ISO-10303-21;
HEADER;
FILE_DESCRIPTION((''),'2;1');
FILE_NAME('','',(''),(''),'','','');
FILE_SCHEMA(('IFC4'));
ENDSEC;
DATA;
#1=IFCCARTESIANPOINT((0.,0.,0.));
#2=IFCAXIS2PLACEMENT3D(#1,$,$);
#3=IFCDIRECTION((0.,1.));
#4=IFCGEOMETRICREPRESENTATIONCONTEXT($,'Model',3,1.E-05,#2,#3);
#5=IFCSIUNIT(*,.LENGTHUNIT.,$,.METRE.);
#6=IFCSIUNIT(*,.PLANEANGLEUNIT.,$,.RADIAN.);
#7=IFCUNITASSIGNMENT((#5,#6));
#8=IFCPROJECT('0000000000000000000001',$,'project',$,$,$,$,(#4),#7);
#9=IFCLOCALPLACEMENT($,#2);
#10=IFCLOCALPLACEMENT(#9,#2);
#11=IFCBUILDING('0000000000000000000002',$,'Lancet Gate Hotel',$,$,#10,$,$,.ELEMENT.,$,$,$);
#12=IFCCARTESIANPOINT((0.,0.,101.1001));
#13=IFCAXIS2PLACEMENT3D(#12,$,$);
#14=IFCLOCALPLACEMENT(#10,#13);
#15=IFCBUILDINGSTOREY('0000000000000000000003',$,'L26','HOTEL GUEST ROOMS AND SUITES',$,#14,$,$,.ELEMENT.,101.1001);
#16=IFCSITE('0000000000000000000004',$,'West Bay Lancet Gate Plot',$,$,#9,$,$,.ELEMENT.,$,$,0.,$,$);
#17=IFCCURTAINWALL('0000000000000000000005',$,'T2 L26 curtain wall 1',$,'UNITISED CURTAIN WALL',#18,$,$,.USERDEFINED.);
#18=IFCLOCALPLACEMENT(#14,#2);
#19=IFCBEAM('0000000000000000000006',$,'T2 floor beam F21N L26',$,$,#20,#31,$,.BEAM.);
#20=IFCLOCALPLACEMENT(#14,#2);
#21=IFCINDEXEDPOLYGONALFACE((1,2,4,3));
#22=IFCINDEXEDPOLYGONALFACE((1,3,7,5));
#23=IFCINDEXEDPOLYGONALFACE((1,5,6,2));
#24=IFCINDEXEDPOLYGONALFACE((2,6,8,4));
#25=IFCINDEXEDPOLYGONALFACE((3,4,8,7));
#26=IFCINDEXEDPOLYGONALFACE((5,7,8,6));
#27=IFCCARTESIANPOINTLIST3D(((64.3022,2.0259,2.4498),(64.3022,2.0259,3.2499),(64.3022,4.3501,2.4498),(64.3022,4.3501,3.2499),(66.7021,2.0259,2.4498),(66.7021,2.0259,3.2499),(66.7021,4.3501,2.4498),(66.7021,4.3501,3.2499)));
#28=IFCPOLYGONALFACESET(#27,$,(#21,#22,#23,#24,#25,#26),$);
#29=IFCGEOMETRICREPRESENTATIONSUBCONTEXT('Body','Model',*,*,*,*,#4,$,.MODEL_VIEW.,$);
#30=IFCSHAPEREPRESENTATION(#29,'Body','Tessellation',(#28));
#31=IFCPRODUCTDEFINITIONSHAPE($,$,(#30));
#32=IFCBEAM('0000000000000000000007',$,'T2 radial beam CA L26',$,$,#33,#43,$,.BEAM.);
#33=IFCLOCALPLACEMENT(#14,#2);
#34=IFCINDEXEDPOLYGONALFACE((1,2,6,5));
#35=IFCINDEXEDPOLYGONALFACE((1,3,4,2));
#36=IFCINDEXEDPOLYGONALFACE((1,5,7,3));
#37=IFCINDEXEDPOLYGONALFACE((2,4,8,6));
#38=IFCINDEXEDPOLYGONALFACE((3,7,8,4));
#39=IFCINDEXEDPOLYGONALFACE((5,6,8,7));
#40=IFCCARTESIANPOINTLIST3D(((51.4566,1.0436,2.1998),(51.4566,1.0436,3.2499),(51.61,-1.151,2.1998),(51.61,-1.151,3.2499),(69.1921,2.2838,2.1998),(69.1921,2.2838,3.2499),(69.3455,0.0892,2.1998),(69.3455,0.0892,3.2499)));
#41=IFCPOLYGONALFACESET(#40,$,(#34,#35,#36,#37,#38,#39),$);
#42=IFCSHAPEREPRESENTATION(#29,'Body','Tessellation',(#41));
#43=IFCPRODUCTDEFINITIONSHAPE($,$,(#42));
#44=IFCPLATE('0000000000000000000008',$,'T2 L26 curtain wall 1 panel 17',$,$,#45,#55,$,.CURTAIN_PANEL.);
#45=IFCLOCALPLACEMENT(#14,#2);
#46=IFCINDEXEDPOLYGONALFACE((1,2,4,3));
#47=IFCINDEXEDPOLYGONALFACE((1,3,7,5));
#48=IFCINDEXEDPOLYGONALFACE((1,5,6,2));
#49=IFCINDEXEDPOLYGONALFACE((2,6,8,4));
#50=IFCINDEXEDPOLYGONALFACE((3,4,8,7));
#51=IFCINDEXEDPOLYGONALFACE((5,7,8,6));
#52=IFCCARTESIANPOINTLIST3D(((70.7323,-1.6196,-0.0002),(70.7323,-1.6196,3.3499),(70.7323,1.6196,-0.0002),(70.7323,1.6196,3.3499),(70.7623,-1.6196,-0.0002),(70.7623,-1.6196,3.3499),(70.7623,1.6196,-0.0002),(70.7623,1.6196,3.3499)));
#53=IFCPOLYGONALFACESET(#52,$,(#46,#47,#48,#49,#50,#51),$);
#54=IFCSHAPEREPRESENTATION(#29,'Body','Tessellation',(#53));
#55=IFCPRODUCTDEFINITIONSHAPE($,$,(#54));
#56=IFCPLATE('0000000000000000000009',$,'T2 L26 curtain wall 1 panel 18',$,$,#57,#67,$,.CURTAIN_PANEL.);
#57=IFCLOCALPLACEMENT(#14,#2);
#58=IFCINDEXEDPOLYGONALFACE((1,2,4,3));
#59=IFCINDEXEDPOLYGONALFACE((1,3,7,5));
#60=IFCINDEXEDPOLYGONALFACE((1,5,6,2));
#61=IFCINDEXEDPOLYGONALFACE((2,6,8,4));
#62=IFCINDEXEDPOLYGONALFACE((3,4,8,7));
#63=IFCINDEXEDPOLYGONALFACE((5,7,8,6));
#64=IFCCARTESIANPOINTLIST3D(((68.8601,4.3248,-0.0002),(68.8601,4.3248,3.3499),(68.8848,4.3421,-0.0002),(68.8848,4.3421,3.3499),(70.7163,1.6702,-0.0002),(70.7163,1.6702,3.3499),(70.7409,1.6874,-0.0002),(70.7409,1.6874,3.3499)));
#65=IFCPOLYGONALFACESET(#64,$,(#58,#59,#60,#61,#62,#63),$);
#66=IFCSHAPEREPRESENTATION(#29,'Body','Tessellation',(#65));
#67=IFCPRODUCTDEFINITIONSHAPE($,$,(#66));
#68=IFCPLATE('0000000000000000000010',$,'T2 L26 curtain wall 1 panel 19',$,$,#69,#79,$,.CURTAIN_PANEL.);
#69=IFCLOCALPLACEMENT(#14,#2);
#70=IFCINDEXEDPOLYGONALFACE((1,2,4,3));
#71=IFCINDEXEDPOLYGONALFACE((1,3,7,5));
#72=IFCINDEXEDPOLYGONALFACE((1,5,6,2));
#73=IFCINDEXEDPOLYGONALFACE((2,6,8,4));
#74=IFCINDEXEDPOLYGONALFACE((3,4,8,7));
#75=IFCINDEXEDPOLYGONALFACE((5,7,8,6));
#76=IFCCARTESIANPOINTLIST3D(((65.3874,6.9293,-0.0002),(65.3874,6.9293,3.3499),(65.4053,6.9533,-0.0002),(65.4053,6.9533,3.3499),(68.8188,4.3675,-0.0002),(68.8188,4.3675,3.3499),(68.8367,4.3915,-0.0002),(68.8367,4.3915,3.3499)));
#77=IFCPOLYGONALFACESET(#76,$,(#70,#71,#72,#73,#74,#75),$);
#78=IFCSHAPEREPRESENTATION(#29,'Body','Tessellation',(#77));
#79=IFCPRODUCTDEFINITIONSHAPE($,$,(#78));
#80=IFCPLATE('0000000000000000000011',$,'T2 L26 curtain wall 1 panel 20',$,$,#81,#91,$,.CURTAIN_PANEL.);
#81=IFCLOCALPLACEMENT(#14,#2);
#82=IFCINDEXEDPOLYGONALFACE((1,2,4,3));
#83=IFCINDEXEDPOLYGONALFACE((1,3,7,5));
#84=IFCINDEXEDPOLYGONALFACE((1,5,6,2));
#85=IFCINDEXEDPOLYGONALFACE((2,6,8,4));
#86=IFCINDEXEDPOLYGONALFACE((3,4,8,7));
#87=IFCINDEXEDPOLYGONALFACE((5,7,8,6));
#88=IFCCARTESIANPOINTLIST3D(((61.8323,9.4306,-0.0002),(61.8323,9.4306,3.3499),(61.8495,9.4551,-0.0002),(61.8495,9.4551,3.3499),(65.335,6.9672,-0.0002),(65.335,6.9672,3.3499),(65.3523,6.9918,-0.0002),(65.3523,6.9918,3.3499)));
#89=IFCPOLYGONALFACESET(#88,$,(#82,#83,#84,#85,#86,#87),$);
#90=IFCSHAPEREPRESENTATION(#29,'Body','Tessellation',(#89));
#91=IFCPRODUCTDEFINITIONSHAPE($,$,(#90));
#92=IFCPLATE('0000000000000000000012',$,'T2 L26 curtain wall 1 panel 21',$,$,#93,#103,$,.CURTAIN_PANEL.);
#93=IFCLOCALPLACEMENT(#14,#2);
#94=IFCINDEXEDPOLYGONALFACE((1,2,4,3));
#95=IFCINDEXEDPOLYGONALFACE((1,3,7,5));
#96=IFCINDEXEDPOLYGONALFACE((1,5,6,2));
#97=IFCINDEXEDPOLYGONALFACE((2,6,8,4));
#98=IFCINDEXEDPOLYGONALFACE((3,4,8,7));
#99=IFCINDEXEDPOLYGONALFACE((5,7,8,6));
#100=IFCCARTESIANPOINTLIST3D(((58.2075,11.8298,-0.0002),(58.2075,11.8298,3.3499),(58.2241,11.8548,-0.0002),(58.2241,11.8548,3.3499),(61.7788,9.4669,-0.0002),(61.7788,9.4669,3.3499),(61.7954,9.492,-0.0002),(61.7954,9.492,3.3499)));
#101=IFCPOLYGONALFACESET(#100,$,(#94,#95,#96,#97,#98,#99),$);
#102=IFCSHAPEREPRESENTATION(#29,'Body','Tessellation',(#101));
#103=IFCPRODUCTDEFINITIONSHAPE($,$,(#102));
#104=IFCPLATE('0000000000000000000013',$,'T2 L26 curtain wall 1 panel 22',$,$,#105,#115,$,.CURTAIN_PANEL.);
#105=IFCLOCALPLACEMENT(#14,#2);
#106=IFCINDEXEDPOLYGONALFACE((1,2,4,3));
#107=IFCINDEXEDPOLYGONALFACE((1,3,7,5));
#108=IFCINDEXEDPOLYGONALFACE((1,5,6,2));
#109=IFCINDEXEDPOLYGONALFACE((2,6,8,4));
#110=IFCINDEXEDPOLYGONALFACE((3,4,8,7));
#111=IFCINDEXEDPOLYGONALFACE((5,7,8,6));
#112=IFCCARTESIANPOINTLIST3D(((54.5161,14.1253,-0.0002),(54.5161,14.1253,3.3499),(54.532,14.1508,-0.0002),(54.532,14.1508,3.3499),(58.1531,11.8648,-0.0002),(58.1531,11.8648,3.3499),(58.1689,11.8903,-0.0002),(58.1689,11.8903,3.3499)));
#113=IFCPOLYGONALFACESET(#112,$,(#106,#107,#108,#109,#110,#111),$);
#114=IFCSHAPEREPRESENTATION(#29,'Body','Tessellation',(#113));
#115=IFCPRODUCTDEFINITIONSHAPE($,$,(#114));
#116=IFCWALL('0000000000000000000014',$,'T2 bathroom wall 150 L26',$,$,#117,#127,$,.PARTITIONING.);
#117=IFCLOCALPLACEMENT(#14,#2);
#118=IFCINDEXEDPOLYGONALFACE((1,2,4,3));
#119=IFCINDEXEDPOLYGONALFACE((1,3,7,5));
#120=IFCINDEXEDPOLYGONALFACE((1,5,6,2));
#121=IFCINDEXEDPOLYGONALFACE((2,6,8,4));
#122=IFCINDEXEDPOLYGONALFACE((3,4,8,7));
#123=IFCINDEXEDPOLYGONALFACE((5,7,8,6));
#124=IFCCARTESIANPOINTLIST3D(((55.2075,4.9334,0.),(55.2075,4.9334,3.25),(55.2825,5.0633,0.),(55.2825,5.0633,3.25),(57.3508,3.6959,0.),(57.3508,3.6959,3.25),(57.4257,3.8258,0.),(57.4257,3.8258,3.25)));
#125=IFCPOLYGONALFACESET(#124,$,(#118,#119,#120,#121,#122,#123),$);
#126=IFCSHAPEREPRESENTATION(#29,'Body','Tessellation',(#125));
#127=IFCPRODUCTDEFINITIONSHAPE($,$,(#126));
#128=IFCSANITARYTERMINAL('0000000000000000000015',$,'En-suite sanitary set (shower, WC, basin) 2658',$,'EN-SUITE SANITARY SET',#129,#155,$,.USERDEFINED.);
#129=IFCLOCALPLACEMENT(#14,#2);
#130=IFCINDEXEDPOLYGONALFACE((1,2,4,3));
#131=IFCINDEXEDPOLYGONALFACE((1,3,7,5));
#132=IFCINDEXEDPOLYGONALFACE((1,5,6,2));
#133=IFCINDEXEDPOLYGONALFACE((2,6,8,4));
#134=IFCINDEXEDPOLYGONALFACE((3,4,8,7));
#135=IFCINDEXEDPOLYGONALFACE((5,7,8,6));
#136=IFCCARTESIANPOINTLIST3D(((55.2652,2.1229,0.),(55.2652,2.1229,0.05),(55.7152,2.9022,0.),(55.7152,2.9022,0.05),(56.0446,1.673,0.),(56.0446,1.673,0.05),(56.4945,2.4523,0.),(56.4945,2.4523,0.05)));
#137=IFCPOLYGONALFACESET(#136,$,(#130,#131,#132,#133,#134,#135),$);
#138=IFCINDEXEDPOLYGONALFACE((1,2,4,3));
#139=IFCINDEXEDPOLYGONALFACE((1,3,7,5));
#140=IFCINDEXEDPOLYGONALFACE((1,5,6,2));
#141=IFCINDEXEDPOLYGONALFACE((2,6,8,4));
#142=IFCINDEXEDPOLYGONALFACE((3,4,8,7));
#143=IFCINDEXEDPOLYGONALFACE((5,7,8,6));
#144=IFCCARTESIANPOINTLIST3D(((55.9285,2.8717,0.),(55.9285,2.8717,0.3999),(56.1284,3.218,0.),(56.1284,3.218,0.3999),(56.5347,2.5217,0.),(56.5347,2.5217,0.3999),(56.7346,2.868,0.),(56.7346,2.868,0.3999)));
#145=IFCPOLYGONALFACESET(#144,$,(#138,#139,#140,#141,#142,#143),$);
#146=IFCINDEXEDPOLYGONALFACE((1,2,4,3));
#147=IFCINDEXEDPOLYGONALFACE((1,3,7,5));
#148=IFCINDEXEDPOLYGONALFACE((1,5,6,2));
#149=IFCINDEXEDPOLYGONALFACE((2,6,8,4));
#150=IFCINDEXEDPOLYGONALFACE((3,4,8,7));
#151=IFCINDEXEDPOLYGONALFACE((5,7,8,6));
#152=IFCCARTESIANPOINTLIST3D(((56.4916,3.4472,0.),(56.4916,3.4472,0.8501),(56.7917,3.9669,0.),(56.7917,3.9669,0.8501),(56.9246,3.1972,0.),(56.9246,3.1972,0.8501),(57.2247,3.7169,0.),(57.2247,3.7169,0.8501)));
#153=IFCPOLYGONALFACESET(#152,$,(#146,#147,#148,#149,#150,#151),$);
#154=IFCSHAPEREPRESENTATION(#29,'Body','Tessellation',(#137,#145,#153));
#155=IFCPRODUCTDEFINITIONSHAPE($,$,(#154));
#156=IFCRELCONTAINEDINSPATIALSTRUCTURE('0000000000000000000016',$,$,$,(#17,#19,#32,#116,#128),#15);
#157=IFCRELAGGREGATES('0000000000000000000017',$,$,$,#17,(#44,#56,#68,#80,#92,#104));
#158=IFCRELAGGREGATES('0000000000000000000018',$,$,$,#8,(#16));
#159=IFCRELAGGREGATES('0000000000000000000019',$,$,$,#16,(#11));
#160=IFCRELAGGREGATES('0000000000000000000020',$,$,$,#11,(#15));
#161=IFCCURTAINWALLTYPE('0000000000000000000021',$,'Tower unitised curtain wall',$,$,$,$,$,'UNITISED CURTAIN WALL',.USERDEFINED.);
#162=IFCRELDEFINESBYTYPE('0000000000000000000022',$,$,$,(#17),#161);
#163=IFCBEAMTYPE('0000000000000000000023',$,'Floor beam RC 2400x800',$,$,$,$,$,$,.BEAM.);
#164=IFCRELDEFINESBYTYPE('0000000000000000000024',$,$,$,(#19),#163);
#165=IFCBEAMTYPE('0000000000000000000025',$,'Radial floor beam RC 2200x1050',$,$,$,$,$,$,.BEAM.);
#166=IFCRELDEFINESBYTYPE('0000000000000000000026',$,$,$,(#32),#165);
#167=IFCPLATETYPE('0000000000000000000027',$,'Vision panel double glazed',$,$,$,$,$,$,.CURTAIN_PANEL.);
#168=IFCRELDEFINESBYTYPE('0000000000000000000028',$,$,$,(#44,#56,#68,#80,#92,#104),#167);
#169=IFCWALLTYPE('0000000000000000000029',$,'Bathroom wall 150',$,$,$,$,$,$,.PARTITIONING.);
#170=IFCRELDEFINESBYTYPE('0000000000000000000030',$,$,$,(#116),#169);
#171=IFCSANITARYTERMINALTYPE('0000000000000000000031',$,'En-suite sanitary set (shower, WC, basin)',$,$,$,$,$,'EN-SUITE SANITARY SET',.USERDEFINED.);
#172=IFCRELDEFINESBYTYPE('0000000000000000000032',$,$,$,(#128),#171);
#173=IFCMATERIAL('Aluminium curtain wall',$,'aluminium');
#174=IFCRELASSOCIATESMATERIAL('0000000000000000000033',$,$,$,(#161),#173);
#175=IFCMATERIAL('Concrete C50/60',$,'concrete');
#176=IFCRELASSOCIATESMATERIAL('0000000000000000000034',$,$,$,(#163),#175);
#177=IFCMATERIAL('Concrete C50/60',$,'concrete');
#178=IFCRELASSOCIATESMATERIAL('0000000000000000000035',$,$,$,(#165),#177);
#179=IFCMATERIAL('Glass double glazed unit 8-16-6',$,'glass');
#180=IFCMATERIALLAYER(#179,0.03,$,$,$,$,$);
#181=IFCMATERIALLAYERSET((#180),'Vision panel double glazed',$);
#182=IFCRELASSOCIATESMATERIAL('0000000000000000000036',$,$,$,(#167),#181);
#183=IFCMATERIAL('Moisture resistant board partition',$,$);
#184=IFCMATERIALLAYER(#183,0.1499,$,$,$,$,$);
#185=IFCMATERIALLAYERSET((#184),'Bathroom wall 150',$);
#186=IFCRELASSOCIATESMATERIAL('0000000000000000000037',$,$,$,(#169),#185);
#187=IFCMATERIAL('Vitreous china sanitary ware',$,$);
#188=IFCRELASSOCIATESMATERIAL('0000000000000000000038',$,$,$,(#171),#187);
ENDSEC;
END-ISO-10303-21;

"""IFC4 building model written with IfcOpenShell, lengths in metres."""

from ifc_helpers import new_model, si_unit, direction, frame, frame_2d, origin, origin_2d, place, context, subcontext, project, spatial, rectangle, extrude, material, layer, layer_set, material_profile, profile_set, type_object, element, aggregate, save


model = new_model("IFC4")

# Units and contexts
model_context = context("Model", 3, precision=1e-05, world=origin(), true_north=direction((0.0, 1.0)))
body_context = subcontext(model_context, "Body", "Model", "MODEL_VIEW")
ifc_project = project(units=[si_unit("LENGTHUNIT", "METRE"), si_unit("PLANEANGLEUNIT", "RADIAN")], contexts=[model_context])

# Site, building, storey
site_placement = place(None, origin())
site = spatial("IfcSite", under=ifc_project, at=site_placement, Name="West Bay Lancet Gate Plot", CompositionType="ELEMENT", RefElevation=0.0)
building_placement = place(site_placement, origin())
building = spatial("IfcBuilding", under=site, at=building_placement, Name="Lancet Gate Hotel", CompositionType="ELEMENT")
storey_placement = place(building_placement, frame((0.0, 0.0, 101.1001)))
storey = spatial("IfcBuildingStorey", under=building, at=storey_placement, Name="L26", Description="HOTEL GUEST ROOMS AND SUITES", CompositionType="ELEMENT", Elevation=101.1001)

# Curtain wall
ifc_material_1 = material(Name="Aluminium curtain wall", Category="aluminium")
curtain_wall_type = type_object("IfcCurtainWallType", Name="Tower unitised curtain wall", ElementType="UNITISED CURTAIN WALL", PredefinedType="USERDEFINED", material=ifc_material_1)
curtain_wall_placement = place(storey_placement, origin())
curtain_wall = element("IfcCurtainWall", 1, at=curtain_wall_placement, inside=storey, type_object=curtain_wall_type, Name="T2 L26 curtain wall 1", ObjectType="UNITISED CURTAIN WALL", PredefinedType="USERDEFINED")

# Beams
ifc_material_2 = material(Name="Concrete C50/60", Category="concrete")
ifc_material_profile_1 = material_profile(ifc_material_2, rectangle(XDim=2.3999, YDim=0.8, at=origin_2d()), Name="RC 2400x800")
ifc_profile_set_1 = profile_set([ifc_material_profile_1], Name="Concrete C50/60")
beam_type_1 = type_object("IfcBeamType", Name="Floor beam RC 2400x800", PredefinedType="BEAM", material=ifc_profile_set_1)
beam_1_placement = place(storey_placement, frame((65.5022, 2.0259, 2.8499), z_axis=(0.0, 1.0, 0.0), x_axis=(-1.0, 0.0, 0.0)))
element("IfcBeam", 2, at=beam_1_placement, inside=storey, type_object=beam_type_1, Name="T2 floor beam F21N L26", PredefinedType="BEAM", context=body_context, shape_type="SweptSolid", body=[
    extrude(rectangle(XDim=2.3999, YDim=0.8, at=origin_2d()), origin(), (0.0, 0.0, 1.0), 2.3242),
])
ifc_material_3 = material(Name="Concrete C50/60", Category="concrete")
ifc_material_profile_2 = material_profile(ifc_material_3, rectangle(XDim=2.2, YDim=1.05, at=origin_2d()), Name="RC 2200x1050")
ifc_profile_set_2 = profile_set([ifc_material_profile_2], Name="Concrete C50/60")
beam_type_2 = type_object("IfcBeamType", Name="Radial floor beam RC 2200x1050", PredefinedType="BEAM", material=ifc_profile_set_2)
beam_2_placement = place(storey_placement, frame((69.2688, 1.1865, 2.7249), z_axis=(-0.997564, -0.069759, 0.0), x_axis=(0.069759, -0.997564, 0.0)))
element("IfcBeam", 3, at=beam_2_placement, inside=storey, type_object=beam_type_2, Name="T2 radial beam CA L26", PredefinedType="BEAM", context=body_context, shape_type="SweptSolid", body=[
    extrude(rectangle(XDim=2.2, YDim=1.05, at=origin_2d()), origin(), (0.0, 0.0, 1.0), 17.7788),
])

# Plates
ifc_material_4 = material(Name="Glass double glazed unit 8-16-6", Category="glass")
ifc_layer_1 = layer(ifc_material_4, 0.03)
ifc_layer_set_1 = layer_set([ifc_layer_1], Name="Vision panel double glazed")
plate_type = type_object("IfcPlateType", Name="Vision panel double glazed", PredefinedType="CURTAIN_PANEL", material=ifc_layer_set_1)
plate_1_placement = place(storey_placement, frame((70.7473, 0.0, -0.0002), z_axis=(0.0, 0.0, 1.0), x_axis=(0.0, 1.0, 0.0)))
plate_1 = element("IfcPlate", 4, at=plate_1_placement, type_object=plate_type, Name="T2 L26 curtain wall 1 panel 17", PredefinedType="CURTAIN_PANEL", context=body_context, shape_type="SweptSolid", body=[
    extrude(rectangle(XDim=3.2393, YDim=0.03, at=origin_2d()), origin(), (0.0, 0.0, 1.0), 3.3501),
])
plate_2_placement = place(storey_placement, frame((69.8005, 3.0061, -0.0002), z_axis=(0.0, 0.0, 1.0), x_axis=(-0.573025, 0.819538, 0.0)))
plate_2 = element("IfcPlate", 5, at=plate_2_placement, type_object=plate_type, Name="T2 L26 curtain wall 1 panel 18", PredefinedType="CURTAIN_PANEL", context=body_context, shape_type="SweptSolid", body=[
    extrude(rectangle(XDim=3.2393, YDim=0.03, at=origin_2d()), origin(), (0.0, 0.0, 1.0), 3.3501),
])
plate_3_placement = place(storey_placement, frame((67.1121, 5.6604, -0.0002), z_axis=(0.0, 0.0, 1.0), x_axis=(-0.801314, 0.598244, 0.0)))
plate_3 = element("IfcPlate", 6, at=plate_3_placement, type_object=plate_type, Name="T2 L26 curtain wall 1 panel 19", PredefinedType="CURTAIN_PANEL", context=body_context, shape_type="SweptSolid", body=[
    extrude(rectangle(XDim=4.2822, YDim=0.03, at=origin_2d()), origin(), (0.0, 0.0, 1.0), 3.3501),
])
plate_4_placement = place(storey_placement, frame((63.5923, 8.2112, -0.0002), z_axis=(0.0, 0.0, 1.0), x_axis=(-0.817979, 0.575247, 0.0)))
plate_4 = element("IfcPlate", 7, at=plate_4_placement, type_object=plate_type, Name="T2 L26 curtain wall 1 panel 20", PredefinedType="CURTAIN_PANEL", context=body_context, shape_type="SweptSolid", body=[
    extrude(rectangle(XDim=4.2822, YDim=0.03, at=origin_2d()), origin(), (0.0, 0.0, 1.0), 3.3501),
])
plate_5_placement = place(storey_placement, frame((60.0015, 10.6609, -0.0002), z_axis=(0.0, 0.0, 1.0), x_axis=(-0.833985, 0.551787, 0.0)))
plate_5 = element("IfcPlate", 8, at=plate_5_placement, type_object=plate_type, Name="T2 L26 curtain wall 1 panel 21", PredefinedType="CURTAIN_PANEL", context=body_context, shape_type="SweptSolid", body=[
    extrude(rectangle(XDim=4.2822, YDim=0.03, at=origin_2d()), origin(), (0.0, 0.0, 1.0), 3.3501),
])
plate_6_placement = place(storey_placement, frame((56.3425, 13.0078, -0.0002), z_axis=(0.0, 0.0, 1.0), x_axis=(-0.849318, 0.527882, 0.0)))
plate_6 = element("IfcPlate", 9, at=plate_6_placement, type_object=plate_type, Name="T2 L26 curtain wall 1 panel 22", PredefinedType="CURTAIN_PANEL", context=body_context, shape_type="SweptSolid", body=[
    extrude(rectangle(XDim=4.2822, YDim=0.03, at=origin_2d()), origin(), (0.0, 0.0, 1.0), 3.3501),
])
aggregate(curtain_wall, [plate_1, plate_2, plate_3, plate_4, plate_5, plate_6])

# Wall
ifc_material_5 = material(Name="Moisture resistant board partition")
ifc_layer_2 = layer(ifc_material_5, 0.1499)
ifc_layer_set_2 = layer_set([ifc_layer_2], Name="Bathroom wall 150")
wall_type = type_object("IfcWallType", Name="Bathroom wall 150", PredefinedType="PARTITIONING", material=ifc_layer_set_2)
wall_placement = place(storey_placement, frame((55.2451, 4.9983, 0.0), z_axis=(0.0, 0.0, 1.0), x_axis=(0.866007, -0.500033, 0.0)))
element("IfcWall", 10, at=wall_placement, inside=storey, type_object=wall_type, Name="T2 bathroom wall 150 L26", PredefinedType="PARTITIONING", context=body_context, shape_type="SweptSolid", body=[
    extrude(rectangle(XDim=2.4749, YDim=0.1499, at=frame_2d((1.2373, 0.0))), origin(), (0.0, 0.0, 1.0), 3.25),
])

# Sanitary terminal
ifc_material_6 = material(Name="Vitreous china sanitary ware")
sanitary_terminal_type = type_object("IfcSanitaryTerminalType", Name="En-suite sanitary set (shower, WC, basin)", ElementType="EN-SUITE SANITARY SET", PredefinedType="USERDEFINED", material=ifc_material_6)
sanitary_terminal_placement = place(storey_placement, frame((55.8799, 2.2876, 0.0), z_axis=(0.0, 0.0, 1.0), x_axis=(1.0, 0.0, 0.0)))
element("IfcSanitaryTerminal", 11, at=sanitary_terminal_placement, inside=storey, type_object=sanitary_terminal_type, Name="En-suite sanitary set (shower, WC, basin) 2658", ObjectType="EN-SUITE SANITARY SET", PredefinedType="USERDEFINED", context=body_context, shape_type="SweptSolid", body=[
    extrude(rectangle(XDim=0.8999, YDim=0.8999, at=origin_2d()), frame((0.0, 0.0, 0.0), z_axis=(0.0, 0.0, 1.0), x_axis=(-0.5, -0.866025, 0.0)), (0.0, 0.0, 1.0), 0.05),
    extrude(rectangle(XDim=0.3999, YDim=0.7, at=origin_2d()), frame((0.4517, 0.5823, 0.0), z_axis=(0.0, 0.0, 1.0), x_axis=(-0.5, -0.866025, 0.0)), (0.0, 0.0, 1.0), 0.3999),
    extrude(rectangle(XDim=0.6001, YDim=0.5, at=origin_2d()), frame((0.9783, 1.2944, 0.0), z_axis=(0.0, 0.0, 1.0), x_axis=(-0.5, -0.866025, 0.0)), (0.0, 0.0, 1.0), 0.8501),
])

save(model, "model.ifc")
